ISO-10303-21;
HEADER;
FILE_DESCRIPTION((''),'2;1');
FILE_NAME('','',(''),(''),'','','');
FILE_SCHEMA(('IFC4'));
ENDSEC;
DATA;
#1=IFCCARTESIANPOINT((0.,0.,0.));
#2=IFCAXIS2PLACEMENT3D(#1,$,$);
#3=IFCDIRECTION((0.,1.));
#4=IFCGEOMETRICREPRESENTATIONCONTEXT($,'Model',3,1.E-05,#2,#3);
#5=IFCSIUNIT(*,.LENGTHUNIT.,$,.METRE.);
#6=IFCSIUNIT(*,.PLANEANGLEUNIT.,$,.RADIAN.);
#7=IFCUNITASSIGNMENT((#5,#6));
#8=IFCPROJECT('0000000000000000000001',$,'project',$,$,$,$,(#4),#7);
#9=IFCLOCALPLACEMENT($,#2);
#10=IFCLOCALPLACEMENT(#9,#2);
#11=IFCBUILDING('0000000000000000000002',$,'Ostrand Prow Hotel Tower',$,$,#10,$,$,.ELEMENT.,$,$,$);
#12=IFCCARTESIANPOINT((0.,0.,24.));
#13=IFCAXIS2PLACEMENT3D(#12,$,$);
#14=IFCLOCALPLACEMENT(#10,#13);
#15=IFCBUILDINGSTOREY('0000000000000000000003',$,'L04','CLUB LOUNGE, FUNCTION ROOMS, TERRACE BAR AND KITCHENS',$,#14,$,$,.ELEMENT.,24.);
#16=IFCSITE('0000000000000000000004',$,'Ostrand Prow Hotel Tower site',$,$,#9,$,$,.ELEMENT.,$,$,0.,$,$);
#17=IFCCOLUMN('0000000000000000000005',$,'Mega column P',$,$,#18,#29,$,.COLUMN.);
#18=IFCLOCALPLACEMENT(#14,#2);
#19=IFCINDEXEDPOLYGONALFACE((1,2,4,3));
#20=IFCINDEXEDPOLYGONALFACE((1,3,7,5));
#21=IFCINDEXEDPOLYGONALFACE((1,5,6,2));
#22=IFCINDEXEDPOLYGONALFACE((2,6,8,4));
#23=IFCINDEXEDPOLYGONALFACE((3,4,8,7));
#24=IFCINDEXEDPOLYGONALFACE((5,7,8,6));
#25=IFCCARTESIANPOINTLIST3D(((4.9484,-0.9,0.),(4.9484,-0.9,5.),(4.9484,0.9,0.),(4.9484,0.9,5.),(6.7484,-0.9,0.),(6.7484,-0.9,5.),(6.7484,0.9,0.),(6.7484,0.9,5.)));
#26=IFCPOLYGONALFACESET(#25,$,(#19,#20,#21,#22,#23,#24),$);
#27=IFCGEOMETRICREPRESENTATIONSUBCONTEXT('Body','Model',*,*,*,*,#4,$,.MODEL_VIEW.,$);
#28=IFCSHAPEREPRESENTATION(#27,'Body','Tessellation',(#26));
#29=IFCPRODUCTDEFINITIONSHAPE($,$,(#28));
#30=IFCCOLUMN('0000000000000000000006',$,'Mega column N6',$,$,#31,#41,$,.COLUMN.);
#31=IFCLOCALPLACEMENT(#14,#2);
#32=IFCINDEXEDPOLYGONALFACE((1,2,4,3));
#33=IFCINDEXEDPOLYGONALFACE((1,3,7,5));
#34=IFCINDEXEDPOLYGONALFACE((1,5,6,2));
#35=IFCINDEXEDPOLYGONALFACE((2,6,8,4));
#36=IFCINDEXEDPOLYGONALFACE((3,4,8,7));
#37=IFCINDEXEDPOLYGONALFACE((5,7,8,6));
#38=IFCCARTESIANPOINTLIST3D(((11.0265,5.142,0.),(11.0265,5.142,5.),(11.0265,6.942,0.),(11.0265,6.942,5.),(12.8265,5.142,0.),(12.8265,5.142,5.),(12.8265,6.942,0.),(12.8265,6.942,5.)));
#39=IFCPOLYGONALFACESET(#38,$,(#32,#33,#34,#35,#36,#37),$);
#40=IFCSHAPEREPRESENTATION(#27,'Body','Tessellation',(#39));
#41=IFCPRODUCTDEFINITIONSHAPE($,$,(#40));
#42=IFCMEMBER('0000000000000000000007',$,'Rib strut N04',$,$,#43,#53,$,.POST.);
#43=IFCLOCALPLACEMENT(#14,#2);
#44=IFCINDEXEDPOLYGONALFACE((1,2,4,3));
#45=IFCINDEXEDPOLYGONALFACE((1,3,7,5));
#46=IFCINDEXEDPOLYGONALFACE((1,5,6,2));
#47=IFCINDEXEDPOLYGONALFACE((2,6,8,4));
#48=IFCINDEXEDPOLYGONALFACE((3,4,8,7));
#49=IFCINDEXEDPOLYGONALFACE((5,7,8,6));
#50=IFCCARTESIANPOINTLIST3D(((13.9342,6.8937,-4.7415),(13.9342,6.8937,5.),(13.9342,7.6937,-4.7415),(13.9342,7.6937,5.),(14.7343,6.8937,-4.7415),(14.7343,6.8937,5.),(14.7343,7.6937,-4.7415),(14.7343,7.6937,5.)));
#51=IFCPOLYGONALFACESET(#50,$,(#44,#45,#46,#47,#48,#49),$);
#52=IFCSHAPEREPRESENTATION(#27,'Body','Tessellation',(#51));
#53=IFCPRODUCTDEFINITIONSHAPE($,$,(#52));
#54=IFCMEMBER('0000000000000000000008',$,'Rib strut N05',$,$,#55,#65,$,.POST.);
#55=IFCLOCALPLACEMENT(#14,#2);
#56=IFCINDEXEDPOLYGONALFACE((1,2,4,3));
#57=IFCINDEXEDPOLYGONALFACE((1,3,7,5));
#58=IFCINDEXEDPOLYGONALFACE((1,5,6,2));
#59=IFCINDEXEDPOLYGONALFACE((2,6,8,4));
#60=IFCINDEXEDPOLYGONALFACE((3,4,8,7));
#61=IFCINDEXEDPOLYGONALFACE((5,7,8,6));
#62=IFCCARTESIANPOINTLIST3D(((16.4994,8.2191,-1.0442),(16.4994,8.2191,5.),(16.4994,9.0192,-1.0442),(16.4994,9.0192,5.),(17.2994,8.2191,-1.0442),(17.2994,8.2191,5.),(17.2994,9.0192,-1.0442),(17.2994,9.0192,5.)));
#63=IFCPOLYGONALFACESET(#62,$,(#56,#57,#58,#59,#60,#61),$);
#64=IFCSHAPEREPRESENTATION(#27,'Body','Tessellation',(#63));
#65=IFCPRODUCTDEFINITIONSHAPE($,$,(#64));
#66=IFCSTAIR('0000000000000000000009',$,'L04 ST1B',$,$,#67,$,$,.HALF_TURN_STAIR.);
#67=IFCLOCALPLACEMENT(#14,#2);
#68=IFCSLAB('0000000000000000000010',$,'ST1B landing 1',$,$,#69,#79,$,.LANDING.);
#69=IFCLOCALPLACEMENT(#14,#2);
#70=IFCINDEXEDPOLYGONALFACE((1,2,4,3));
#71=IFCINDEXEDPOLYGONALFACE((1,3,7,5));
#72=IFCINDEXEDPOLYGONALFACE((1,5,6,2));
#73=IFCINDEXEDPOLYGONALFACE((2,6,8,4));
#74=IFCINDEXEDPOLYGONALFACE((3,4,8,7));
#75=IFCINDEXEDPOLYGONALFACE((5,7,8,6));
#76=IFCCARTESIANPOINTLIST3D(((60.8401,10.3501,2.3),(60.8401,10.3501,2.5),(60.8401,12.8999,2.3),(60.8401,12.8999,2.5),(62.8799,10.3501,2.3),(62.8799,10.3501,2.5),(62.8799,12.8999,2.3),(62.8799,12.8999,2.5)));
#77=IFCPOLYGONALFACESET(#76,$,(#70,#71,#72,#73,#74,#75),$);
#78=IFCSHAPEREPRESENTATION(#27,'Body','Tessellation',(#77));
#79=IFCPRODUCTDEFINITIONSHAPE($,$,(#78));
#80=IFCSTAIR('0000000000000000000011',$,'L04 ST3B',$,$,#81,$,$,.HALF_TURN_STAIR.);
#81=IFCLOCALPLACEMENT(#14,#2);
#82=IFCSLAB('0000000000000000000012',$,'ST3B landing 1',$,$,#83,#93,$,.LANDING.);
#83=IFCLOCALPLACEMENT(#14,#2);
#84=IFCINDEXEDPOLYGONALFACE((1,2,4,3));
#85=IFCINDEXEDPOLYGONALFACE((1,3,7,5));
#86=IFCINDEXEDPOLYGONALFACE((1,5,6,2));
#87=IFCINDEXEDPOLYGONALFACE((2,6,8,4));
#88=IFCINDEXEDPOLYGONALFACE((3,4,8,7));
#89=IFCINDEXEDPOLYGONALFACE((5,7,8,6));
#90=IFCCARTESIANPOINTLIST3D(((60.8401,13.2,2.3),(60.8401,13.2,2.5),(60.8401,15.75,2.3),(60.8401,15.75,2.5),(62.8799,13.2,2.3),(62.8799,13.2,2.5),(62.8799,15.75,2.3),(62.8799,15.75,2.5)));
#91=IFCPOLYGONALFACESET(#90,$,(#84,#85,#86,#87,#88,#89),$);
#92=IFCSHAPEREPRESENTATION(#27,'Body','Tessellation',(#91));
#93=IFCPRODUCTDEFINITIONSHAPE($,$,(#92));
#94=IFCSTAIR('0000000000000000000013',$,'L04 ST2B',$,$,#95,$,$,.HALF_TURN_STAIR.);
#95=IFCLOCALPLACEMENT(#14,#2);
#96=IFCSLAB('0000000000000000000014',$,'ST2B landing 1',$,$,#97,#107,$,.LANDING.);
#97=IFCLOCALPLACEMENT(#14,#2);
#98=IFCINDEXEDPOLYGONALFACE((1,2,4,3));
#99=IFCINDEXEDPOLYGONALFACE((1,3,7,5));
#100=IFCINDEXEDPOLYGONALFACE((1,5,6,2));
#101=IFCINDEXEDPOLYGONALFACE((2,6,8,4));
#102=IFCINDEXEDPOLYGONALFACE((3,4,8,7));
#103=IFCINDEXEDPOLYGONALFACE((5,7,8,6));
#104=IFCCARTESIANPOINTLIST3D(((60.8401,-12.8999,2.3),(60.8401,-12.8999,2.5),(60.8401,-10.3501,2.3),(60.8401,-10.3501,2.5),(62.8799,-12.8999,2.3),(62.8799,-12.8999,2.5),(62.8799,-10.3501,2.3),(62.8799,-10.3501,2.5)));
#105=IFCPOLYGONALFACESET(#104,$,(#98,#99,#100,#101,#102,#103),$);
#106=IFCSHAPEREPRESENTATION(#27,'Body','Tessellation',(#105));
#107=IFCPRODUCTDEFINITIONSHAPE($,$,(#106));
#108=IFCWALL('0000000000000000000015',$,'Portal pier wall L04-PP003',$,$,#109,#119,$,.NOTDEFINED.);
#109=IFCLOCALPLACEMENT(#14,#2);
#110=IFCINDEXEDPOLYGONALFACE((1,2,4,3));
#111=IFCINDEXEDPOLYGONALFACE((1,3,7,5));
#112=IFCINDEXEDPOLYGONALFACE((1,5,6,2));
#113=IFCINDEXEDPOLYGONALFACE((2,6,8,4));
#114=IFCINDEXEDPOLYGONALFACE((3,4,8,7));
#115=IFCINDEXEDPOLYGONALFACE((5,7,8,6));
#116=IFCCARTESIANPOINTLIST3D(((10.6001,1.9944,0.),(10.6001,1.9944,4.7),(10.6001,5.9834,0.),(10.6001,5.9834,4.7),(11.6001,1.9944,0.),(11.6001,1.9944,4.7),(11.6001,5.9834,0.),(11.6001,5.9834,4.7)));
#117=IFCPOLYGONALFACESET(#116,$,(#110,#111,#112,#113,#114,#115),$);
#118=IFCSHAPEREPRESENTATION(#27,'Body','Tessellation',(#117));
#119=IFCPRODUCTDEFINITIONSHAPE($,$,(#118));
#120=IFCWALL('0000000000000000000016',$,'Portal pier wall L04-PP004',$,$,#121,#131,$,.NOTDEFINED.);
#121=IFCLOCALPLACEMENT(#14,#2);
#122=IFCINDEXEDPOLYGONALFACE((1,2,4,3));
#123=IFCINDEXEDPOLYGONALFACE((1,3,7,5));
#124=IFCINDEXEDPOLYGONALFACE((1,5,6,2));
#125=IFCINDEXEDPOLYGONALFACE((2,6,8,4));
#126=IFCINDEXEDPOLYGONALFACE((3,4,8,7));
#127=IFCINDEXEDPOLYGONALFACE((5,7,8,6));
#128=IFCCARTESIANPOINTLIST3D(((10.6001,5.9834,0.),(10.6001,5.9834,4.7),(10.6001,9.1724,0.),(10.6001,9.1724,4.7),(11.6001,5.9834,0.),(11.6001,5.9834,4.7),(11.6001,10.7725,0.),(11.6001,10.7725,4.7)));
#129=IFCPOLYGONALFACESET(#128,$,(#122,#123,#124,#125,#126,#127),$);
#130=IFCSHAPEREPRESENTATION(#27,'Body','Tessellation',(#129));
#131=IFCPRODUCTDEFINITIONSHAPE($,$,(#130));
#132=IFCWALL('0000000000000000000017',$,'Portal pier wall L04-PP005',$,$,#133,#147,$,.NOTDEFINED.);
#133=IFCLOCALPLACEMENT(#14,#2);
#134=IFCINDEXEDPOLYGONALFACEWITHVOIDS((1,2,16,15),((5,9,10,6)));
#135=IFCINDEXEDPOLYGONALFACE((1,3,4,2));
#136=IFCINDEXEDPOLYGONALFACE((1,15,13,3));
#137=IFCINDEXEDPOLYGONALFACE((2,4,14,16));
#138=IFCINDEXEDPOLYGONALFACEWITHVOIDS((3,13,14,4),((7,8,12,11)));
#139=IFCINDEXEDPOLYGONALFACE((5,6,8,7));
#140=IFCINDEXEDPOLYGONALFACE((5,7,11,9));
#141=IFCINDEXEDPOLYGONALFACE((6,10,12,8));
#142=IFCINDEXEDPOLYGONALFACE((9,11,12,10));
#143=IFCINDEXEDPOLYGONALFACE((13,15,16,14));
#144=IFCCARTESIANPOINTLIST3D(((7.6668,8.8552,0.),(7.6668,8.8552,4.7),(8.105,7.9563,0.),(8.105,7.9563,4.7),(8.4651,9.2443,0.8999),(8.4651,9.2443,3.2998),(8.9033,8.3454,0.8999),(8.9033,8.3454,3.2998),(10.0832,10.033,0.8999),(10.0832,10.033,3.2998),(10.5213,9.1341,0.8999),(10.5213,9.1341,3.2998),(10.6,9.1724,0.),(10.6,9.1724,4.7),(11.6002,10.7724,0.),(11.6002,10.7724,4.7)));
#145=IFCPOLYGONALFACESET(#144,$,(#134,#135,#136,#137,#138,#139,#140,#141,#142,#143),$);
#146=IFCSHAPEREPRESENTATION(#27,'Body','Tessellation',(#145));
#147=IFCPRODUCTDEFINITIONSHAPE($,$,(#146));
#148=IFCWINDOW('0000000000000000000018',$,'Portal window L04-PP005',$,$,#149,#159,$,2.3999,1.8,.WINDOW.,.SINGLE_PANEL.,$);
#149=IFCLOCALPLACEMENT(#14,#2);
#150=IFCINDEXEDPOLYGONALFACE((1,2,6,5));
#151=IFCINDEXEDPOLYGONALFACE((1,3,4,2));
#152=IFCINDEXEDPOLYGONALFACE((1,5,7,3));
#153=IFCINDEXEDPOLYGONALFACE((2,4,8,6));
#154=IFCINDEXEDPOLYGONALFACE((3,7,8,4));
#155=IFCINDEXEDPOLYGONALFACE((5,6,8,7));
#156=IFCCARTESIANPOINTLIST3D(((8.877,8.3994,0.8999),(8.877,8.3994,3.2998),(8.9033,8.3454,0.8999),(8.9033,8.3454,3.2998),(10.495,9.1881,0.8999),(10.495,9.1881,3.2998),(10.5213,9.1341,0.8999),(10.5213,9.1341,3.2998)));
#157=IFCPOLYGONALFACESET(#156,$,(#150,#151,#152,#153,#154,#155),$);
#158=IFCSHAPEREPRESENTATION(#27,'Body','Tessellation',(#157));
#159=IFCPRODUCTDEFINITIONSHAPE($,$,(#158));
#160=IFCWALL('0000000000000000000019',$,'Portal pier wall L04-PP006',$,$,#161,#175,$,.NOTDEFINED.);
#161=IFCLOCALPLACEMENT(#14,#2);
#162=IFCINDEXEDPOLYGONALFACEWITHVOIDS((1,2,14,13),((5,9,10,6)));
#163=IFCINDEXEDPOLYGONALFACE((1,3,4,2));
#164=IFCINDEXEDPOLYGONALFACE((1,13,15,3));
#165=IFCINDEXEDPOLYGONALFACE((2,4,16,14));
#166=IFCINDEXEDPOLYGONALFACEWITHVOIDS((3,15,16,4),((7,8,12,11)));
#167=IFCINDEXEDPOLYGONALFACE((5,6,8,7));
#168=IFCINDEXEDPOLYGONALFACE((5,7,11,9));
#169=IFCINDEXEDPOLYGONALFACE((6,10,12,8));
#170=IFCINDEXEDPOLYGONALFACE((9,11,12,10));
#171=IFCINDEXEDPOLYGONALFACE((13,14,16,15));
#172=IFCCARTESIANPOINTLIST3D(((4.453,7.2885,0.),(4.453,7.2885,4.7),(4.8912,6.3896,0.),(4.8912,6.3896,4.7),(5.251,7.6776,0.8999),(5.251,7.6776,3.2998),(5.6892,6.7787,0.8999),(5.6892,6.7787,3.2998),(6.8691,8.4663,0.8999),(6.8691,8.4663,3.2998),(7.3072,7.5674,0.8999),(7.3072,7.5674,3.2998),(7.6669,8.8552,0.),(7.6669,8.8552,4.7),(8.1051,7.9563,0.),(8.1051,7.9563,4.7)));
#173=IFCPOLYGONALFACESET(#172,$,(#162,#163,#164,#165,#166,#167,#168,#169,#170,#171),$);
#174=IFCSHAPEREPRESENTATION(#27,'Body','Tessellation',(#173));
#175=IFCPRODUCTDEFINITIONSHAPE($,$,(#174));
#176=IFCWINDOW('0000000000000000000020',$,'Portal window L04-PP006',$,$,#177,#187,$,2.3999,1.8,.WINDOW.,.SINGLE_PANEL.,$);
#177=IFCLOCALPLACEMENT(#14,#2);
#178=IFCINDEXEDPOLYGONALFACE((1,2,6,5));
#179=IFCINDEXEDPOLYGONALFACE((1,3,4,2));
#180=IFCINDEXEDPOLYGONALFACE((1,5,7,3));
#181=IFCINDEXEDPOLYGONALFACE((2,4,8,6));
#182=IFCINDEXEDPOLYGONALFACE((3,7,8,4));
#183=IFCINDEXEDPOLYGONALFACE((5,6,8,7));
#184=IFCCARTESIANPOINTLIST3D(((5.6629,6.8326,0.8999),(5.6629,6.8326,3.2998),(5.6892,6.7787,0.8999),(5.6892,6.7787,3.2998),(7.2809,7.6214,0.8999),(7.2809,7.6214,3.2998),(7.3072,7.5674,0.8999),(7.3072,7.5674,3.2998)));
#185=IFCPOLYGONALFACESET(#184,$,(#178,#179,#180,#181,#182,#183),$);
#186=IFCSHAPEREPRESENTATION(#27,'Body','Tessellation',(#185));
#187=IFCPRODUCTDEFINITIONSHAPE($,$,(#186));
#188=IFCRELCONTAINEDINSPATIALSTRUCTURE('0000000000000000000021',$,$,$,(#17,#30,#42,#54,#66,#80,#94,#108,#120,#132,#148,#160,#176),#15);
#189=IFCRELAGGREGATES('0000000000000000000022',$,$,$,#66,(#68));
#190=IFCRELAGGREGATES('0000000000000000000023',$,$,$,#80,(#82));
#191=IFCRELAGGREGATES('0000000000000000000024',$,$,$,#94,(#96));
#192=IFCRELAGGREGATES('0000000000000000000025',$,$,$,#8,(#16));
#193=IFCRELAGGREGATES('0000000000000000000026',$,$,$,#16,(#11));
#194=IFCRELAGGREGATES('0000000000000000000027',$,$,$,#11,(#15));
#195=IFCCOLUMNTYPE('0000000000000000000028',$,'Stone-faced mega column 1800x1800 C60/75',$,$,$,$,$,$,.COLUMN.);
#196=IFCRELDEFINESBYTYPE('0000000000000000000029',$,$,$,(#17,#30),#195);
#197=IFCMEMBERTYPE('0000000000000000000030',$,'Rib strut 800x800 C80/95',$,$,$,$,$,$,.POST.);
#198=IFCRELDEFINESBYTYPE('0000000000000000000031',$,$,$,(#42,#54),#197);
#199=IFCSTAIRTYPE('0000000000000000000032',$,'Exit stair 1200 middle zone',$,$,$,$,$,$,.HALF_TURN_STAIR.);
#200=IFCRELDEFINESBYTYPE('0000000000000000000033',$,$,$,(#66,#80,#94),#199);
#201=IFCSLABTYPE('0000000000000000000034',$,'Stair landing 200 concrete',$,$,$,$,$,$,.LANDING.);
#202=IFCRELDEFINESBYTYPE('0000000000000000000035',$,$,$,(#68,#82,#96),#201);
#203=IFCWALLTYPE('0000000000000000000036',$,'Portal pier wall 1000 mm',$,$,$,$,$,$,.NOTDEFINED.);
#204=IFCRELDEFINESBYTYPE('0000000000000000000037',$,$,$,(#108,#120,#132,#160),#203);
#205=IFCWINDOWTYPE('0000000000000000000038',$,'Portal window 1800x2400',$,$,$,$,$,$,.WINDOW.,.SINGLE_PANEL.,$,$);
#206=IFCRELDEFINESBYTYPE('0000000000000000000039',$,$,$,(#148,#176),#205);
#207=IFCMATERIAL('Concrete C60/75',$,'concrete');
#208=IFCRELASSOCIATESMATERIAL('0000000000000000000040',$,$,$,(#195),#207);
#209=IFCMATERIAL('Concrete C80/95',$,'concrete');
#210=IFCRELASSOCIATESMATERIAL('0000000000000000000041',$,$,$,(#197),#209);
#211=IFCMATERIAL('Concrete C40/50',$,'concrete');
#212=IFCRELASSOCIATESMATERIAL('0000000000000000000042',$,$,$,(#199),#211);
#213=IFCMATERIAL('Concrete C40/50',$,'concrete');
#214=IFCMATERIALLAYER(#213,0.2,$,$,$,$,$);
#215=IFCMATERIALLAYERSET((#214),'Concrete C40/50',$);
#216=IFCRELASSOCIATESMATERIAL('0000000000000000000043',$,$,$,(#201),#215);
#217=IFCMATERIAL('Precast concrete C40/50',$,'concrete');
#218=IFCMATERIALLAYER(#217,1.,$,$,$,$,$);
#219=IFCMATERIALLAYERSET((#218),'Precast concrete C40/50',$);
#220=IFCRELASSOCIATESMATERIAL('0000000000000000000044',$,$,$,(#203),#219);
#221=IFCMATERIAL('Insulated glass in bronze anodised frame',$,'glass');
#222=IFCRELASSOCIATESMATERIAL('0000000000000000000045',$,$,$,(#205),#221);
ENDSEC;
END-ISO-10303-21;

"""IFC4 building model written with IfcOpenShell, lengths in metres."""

from ifc_helpers import new_model, si_unit, direction, frame, frame_2d, origin, origin_2d, place, context, subcontext, project, spatial, polyline, rectangle, outline, extrude, material, layer, layer_set, material_profile, profile_set, type_object, element, fill, aggregate, save


model = new_model("IFC4")

# Units and contexts
model_context = context("Model", 3, precision=1e-05, world=origin(), true_north=direction((0.0, 1.0)))
body_context = subcontext(model_context, "Body", "Model", "MODEL_VIEW")
ifc_project = project(units=[si_unit("LENGTHUNIT", "METRE"), si_unit("PLANEANGLEUNIT", "RADIAN")], contexts=[model_context])

# Site, building, storey
site_placement = place(None, origin())
site = spatial("IfcSite", under=ifc_project, at=site_placement, Name="Ostrand Prow Hotel Tower site", CompositionType="ELEMENT", RefElevation=0.0)
building_placement = place(site_placement, origin())
building = spatial("IfcBuilding", under=site, at=building_placement, Name="Ostrand Prow Hotel Tower", CompositionType="ELEMENT")
storey_placement = place(building_placement, frame((0.0, 0.0, 24.0)))
storey = spatial("IfcBuildingStorey", under=building, at=storey_placement, Name="L04", Description="CLUB LOUNGE, FUNCTION ROOMS, TERRACE BAR AND KITCHENS", CompositionType="ELEMENT", Elevation=24.0)

# Columns
ifc_material_1 = material(Name="Concrete C60/75", Category="concrete")
ifc_material_profile_1 = material_profile(ifc_material_1, rectangle(XDim=1.8, YDim=1.8, at=origin_2d()), Name="RC 1800x1800")
ifc_profile_set_1 = profile_set([ifc_material_profile_1], Name="Concrete C60/75")
column_type = type_object("IfcColumnType", Name="Stone-faced mega column 1800x1800 C60/75", PredefinedType="COLUMN", material=ifc_profile_set_1)
for number, where, z_axis, x_axis, name in (
    (1, (5.8484, 0.0, 0.0), (0.0, 0.0, 1.0), (1.0, 0.0, 0.0), "Mega column P"),
    (2, (11.9265, 6.042, 0.0), (0.0, 0.0, 1.0), (1.0, 0.0, 0.0), "Mega column N6"),
):
    element("IfcColumn", number, at=place(storey_placement, frame(where, z_axis=z_axis, x_axis=x_axis)), inside=storey, type_object=column_type, Name=name, PredefinedType="COLUMN", context=body_context, shape_type="SweptSolid", body=[
        extrude(rectangle(XDim=1.8, YDim=1.8, at=origin_2d()), origin(), (0.0, 0.0, 1.0), 5.0),
    ])

# Members
ifc_material_2 = material(Name="Concrete C80/95", Category="concrete")
ifc_material_profile_2 = material_profile(ifc_material_2, rectangle(XDim=0.8, YDim=0.8, at=origin_2d()), Name="RC 800x800")
ifc_profile_set_2 = profile_set([ifc_material_profile_2], Name="Concrete C80/95")
member_type = type_object("IfcMemberType", Name="Rib strut 800x800 C80/95", PredefinedType="POST", material=ifc_profile_set_2)
member_1_placement = place(storey_placement, frame((14.3342, 7.2937, -4.7415), z_axis=(0.0, 0.0, 1.0), x_axis=(1.0, 0.0, 0.0)))
element("IfcMember", 3, at=member_1_placement, inside=storey, type_object=member_type, Name="Rib strut N04", PredefinedType="POST", context=body_context, shape_type="SweptSolid", body=[
    extrude(rectangle(XDim=0.8, YDim=0.8, at=origin_2d()), origin(), (0.0, 0.0, 1.0), 9.7415),
])
member_2_placement = place(storey_placement, frame((16.8994, 8.6191, -1.0442), z_axis=(0.0, 0.0, 1.0), x_axis=(1.0, 0.0, 0.0)))
element("IfcMember", 4, at=member_2_placement, inside=storey, type_object=member_type, Name="Rib strut N05", PredefinedType="POST", context=body_context, shape_type="SweptSolid", body=[
    extrude(rectangle(XDim=0.8, YDim=0.8, at=origin_2d()), origin(), (0.0, 0.0, 1.0), 6.0442),
])

# Stairs, slabs
ifc_material_3 = material(Name="Concrete C40/50", Category="concrete")
stair_type = type_object("IfcStairType", Name="Exit stair 1200 middle zone", PredefinedType="HALF_TURN_STAIR", material=ifc_material_3)
stair_1_placement = place(storey_placement, origin())
stair_1 = element("IfcStair", 5, at=stair_1_placement, inside=storey, type_object=stair_type, Name="L04 ST1B", PredefinedType="HALF_TURN_STAIR")
ifc_material_4 = material(Name="Concrete C40/50", Category="concrete")
ifc_layer_1 = layer(ifc_material_4, 0.2)
ifc_layer_set_1 = layer_set([ifc_layer_1], Name="Concrete C40/50")
slab_type = type_object("IfcSlabType", Name="Stair landing 200 concrete", PredefinedType="LANDING", material=ifc_layer_set_1)
slab_1_placement = place(storey_placement, frame((0.0, 0.0, 2.3)))
slab_1 = element("IfcSlab", 6, at=slab_1_placement, type_object=slab_type, Name="ST1B landing 1", PredefinedType="LANDING", context=body_context, shape_type="SweptSolid", body=[
    extrude(outline(polyline([(60.8401, 10.3501), (62.8799, 10.3501), (62.8799, 12.8999), (60.8401, 12.8999), (60.8401, 10.3501)])), origin(), (0.0, 0.0, 1.0), 0.2),
])
aggregate(stair_1, [slab_1])
stair_2_placement = place(storey_placement, origin())
stair_2 = element("IfcStair", 7, at=stair_2_placement, inside=storey, type_object=stair_type, Name="L04 ST3B", PredefinedType="HALF_TURN_STAIR")
slab_2_placement = place(storey_placement, frame((0.0, 0.0, 2.3)))
slab_2 = element("IfcSlab", 8, at=slab_2_placement, type_object=slab_type, Name="ST3B landing 1", PredefinedType="LANDING", context=body_context, shape_type="SweptSolid", body=[
    extrude(outline(polyline([(60.8401, 13.2), (62.8799, 13.2), (62.8799, 15.75), (60.8401, 15.75), (60.8401, 13.2)])), origin(), (0.0, 0.0, 1.0), 0.2),
])
aggregate(stair_2, [slab_2])
stair_3_placement = place(storey_placement, origin())
stair_3 = element("IfcStair", 9, at=stair_3_placement, inside=storey, type_object=stair_type, Name="L04 ST2B", PredefinedType="HALF_TURN_STAIR")
slab_3_placement = place(storey_placement, frame((0.0, 0.0, 2.3)))
slab_3 = element("IfcSlab", 10, at=slab_3_placement, type_object=slab_type, Name="ST2B landing 1", PredefinedType="LANDING", context=body_context, shape_type="SweptSolid", body=[
    extrude(outline(polyline([(60.8401, -12.8999), (62.8799, -12.8999), (62.8799, -10.3501), (60.8401, -10.3501), (60.8401, -12.8999)])), origin(), (0.0, 0.0, 1.0), 0.2),
])
aggregate(stair_3, [slab_3])

# Walls
ifc_material_5 = material(Name="Precast concrete C40/50", Category="concrete")
ifc_layer_2 = layer(ifc_material_5, 1.0)
ifc_layer_set_2 = layer_set([ifc_layer_2], Name="Precast concrete C40/50")
wall_type = type_object("IfcWallType", Name="Portal pier wall 1000 mm", PredefinedType="NOTDEFINED", material=ifc_layer_set_2)
wall_1_placement = place(storey_placement, frame((11.1001, 1.9944, 0.0), z_axis=(0.0, 0.0, 1.0), x_axis=(0.0, 1.0, 0.0)))
element("IfcWall", 11, at=wall_1_placement, inside=storey, type_object=wall_type, Name="Portal pier wall L04-PP003", PredefinedType="NOTDEFINED", context=body_context, shape_type="SweptSolid", body=[
    extrude(outline(polyline([(0.0, -0.5), (3.989, -0.5), (3.989, 0.5), (0.0, 0.5), (0.0, -0.5)])), origin(), (0.0, 0.0, 1.0), 4.7),
])
wall_2_placement = place(storey_placement, frame((11.1001, 5.9834, 0.0), z_axis=(0.0, 0.0, 1.0), x_axis=(0.0, 1.0, 0.0)))
element("IfcWall", 12, at=wall_2_placement, inside=storey, type_object=wall_type, Name="Portal pier wall L04-PP004", PredefinedType="NOTDEFINED", context=body_context, shape_type="SweptSolid", body=[
    extrude(outline(polyline([(0.0, -0.5), (4.7891, -0.5), (3.189, 0.5), (0.0, 0.5), (0.0, -0.5)])), origin(), (0.0, 0.0, 1.0), 4.7),
])

# Walls, openings, windows
wall_3_placement = place(storey_placement, frame((11.1001, 9.9724, 0.0), z_axis=(0.0, 0.0, 1.0), x_axis=(-0.898902, -0.438151, 0.0)))
wall_3 = element("IfcWall", 13, at=wall_3_placement, inside=storey, type_object=wall_type, Name="Portal pier wall L04-PP005", PredefinedType="NOTDEFINED", context=body_context, shape_type="SweptSolid", body=[
    extrude(outline(polyline([(-0.8, -0.5), (3.5757, -0.5), (3.5757, 0.5), (0.8, 0.5), (-0.8, -0.5)])), origin(), (0.0, 0.0, 1.0), 4.7),
])
opening_1_placement = place(wall_3_placement, frame((0.8877, 0.0, 0.8999)))
opening_1 = element("IfcOpeningElement", 14, at=opening_1_placement, cuts=wall_3, PredefinedType="OPENING", context=body_context, shape_type="SweptSolid", body=[
    extrude(rectangle(XDim=1.8, YDim=2.3999, at=frame_2d((0.8999, 1.2))), frame((0.0, 0.51, 0.0), z_axis=(0.0, -1.0, 0.0), x_axis=(1.0, 0.0, 0.0)), (0.0, 0.0, 1.0), 1.02),
])
ifc_material_6 = material(Name="Insulated glass in bronze anodised frame", Category="glass")
window_type = type_object("IfcWindowType", Name="Portal window 1800x2400", PartitioningType="SINGLE_PANEL", PredefinedType="WINDOW", material=ifc_material_6)
window_1_placement = place(opening_1_placement, origin())
window_1 = element("IfcWindow", 15, at=window_1_placement, inside=storey, type_object=window_type, Name="Portal window L04-PP005", OverallHeight=2.3999, OverallWidth=1.8, PartitioningType="SINGLE_PANEL", PredefinedType="WINDOW", context=body_context, shape_type="SweptSolid", body=[
    extrude(rectangle(XDim=1.8, YDim=2.3999, at=frame_2d((0.8999, 1.2))), frame((0.0, 0.5, 0.0), z_axis=(0.0, -1.0, 0.0), x_axis=(1.0, 0.0, 0.0)), (0.0, 0.0, 1.0), 0.0601),
])
fill(opening_1, window_1)
wall_4_placement = place(storey_placement, frame((7.886, 8.4058, 0.0), z_axis=(0.0, 0.0, 1.0), x_axis=(-0.898889, -0.438177, 0.0)))
wall_4 = element("IfcWall", 16, at=wall_4_placement, inside=storey, type_object=wall_type, Name="Portal pier wall L04-PP006", PredefinedType="NOTDEFINED", context=body_context, shape_type="SweptSolid", body=[
    extrude(outline(polyline([(0.0, -0.5), (3.5754, -0.5), (3.5754, 0.5), (0.0, 0.5), (0.0, -0.5)])), origin(), (0.0, 0.0, 1.0), 4.7),
])
opening_2_placement = place(wall_4_placement, frame((0.8877, 0.0, 0.8999)))
opening_2 = element("IfcOpeningElement", 17, at=opening_2_placement, cuts=wall_4, PredefinedType="OPENING", context=body_context, shape_type="SweptSolid", body=[
    extrude(rectangle(XDim=1.8, YDim=2.3999, at=frame_2d((0.8999, 1.2))), frame((0.0, 0.51, 0.0), z_axis=(0.0, -1.0, 0.0), x_axis=(1.0, 0.0, 0.0)), (0.0, 0.0, 1.0), 1.02),
])
window_2_placement = place(opening_2_placement, origin())
window_2 = element("IfcWindow", 18, at=window_2_placement, inside=storey, type_object=window_type, Name="Portal window L04-PP006", OverallHeight=2.3999, OverallWidth=1.8, PartitioningType="SINGLE_PANEL", PredefinedType="WINDOW", context=body_context, shape_type="SweptSolid", body=[
    extrude(rectangle(XDim=1.8, YDim=2.3999, at=frame_2d((0.8999, 1.2))), frame((0.0, 0.5, 0.0), z_axis=(0.0, -1.0, 0.0), x_axis=(1.0, 0.0, 0.0)), (0.0, 0.0, 1.0), 0.0601),
])
fill(opening_2, window_2)

save(model, "model.ifc")
